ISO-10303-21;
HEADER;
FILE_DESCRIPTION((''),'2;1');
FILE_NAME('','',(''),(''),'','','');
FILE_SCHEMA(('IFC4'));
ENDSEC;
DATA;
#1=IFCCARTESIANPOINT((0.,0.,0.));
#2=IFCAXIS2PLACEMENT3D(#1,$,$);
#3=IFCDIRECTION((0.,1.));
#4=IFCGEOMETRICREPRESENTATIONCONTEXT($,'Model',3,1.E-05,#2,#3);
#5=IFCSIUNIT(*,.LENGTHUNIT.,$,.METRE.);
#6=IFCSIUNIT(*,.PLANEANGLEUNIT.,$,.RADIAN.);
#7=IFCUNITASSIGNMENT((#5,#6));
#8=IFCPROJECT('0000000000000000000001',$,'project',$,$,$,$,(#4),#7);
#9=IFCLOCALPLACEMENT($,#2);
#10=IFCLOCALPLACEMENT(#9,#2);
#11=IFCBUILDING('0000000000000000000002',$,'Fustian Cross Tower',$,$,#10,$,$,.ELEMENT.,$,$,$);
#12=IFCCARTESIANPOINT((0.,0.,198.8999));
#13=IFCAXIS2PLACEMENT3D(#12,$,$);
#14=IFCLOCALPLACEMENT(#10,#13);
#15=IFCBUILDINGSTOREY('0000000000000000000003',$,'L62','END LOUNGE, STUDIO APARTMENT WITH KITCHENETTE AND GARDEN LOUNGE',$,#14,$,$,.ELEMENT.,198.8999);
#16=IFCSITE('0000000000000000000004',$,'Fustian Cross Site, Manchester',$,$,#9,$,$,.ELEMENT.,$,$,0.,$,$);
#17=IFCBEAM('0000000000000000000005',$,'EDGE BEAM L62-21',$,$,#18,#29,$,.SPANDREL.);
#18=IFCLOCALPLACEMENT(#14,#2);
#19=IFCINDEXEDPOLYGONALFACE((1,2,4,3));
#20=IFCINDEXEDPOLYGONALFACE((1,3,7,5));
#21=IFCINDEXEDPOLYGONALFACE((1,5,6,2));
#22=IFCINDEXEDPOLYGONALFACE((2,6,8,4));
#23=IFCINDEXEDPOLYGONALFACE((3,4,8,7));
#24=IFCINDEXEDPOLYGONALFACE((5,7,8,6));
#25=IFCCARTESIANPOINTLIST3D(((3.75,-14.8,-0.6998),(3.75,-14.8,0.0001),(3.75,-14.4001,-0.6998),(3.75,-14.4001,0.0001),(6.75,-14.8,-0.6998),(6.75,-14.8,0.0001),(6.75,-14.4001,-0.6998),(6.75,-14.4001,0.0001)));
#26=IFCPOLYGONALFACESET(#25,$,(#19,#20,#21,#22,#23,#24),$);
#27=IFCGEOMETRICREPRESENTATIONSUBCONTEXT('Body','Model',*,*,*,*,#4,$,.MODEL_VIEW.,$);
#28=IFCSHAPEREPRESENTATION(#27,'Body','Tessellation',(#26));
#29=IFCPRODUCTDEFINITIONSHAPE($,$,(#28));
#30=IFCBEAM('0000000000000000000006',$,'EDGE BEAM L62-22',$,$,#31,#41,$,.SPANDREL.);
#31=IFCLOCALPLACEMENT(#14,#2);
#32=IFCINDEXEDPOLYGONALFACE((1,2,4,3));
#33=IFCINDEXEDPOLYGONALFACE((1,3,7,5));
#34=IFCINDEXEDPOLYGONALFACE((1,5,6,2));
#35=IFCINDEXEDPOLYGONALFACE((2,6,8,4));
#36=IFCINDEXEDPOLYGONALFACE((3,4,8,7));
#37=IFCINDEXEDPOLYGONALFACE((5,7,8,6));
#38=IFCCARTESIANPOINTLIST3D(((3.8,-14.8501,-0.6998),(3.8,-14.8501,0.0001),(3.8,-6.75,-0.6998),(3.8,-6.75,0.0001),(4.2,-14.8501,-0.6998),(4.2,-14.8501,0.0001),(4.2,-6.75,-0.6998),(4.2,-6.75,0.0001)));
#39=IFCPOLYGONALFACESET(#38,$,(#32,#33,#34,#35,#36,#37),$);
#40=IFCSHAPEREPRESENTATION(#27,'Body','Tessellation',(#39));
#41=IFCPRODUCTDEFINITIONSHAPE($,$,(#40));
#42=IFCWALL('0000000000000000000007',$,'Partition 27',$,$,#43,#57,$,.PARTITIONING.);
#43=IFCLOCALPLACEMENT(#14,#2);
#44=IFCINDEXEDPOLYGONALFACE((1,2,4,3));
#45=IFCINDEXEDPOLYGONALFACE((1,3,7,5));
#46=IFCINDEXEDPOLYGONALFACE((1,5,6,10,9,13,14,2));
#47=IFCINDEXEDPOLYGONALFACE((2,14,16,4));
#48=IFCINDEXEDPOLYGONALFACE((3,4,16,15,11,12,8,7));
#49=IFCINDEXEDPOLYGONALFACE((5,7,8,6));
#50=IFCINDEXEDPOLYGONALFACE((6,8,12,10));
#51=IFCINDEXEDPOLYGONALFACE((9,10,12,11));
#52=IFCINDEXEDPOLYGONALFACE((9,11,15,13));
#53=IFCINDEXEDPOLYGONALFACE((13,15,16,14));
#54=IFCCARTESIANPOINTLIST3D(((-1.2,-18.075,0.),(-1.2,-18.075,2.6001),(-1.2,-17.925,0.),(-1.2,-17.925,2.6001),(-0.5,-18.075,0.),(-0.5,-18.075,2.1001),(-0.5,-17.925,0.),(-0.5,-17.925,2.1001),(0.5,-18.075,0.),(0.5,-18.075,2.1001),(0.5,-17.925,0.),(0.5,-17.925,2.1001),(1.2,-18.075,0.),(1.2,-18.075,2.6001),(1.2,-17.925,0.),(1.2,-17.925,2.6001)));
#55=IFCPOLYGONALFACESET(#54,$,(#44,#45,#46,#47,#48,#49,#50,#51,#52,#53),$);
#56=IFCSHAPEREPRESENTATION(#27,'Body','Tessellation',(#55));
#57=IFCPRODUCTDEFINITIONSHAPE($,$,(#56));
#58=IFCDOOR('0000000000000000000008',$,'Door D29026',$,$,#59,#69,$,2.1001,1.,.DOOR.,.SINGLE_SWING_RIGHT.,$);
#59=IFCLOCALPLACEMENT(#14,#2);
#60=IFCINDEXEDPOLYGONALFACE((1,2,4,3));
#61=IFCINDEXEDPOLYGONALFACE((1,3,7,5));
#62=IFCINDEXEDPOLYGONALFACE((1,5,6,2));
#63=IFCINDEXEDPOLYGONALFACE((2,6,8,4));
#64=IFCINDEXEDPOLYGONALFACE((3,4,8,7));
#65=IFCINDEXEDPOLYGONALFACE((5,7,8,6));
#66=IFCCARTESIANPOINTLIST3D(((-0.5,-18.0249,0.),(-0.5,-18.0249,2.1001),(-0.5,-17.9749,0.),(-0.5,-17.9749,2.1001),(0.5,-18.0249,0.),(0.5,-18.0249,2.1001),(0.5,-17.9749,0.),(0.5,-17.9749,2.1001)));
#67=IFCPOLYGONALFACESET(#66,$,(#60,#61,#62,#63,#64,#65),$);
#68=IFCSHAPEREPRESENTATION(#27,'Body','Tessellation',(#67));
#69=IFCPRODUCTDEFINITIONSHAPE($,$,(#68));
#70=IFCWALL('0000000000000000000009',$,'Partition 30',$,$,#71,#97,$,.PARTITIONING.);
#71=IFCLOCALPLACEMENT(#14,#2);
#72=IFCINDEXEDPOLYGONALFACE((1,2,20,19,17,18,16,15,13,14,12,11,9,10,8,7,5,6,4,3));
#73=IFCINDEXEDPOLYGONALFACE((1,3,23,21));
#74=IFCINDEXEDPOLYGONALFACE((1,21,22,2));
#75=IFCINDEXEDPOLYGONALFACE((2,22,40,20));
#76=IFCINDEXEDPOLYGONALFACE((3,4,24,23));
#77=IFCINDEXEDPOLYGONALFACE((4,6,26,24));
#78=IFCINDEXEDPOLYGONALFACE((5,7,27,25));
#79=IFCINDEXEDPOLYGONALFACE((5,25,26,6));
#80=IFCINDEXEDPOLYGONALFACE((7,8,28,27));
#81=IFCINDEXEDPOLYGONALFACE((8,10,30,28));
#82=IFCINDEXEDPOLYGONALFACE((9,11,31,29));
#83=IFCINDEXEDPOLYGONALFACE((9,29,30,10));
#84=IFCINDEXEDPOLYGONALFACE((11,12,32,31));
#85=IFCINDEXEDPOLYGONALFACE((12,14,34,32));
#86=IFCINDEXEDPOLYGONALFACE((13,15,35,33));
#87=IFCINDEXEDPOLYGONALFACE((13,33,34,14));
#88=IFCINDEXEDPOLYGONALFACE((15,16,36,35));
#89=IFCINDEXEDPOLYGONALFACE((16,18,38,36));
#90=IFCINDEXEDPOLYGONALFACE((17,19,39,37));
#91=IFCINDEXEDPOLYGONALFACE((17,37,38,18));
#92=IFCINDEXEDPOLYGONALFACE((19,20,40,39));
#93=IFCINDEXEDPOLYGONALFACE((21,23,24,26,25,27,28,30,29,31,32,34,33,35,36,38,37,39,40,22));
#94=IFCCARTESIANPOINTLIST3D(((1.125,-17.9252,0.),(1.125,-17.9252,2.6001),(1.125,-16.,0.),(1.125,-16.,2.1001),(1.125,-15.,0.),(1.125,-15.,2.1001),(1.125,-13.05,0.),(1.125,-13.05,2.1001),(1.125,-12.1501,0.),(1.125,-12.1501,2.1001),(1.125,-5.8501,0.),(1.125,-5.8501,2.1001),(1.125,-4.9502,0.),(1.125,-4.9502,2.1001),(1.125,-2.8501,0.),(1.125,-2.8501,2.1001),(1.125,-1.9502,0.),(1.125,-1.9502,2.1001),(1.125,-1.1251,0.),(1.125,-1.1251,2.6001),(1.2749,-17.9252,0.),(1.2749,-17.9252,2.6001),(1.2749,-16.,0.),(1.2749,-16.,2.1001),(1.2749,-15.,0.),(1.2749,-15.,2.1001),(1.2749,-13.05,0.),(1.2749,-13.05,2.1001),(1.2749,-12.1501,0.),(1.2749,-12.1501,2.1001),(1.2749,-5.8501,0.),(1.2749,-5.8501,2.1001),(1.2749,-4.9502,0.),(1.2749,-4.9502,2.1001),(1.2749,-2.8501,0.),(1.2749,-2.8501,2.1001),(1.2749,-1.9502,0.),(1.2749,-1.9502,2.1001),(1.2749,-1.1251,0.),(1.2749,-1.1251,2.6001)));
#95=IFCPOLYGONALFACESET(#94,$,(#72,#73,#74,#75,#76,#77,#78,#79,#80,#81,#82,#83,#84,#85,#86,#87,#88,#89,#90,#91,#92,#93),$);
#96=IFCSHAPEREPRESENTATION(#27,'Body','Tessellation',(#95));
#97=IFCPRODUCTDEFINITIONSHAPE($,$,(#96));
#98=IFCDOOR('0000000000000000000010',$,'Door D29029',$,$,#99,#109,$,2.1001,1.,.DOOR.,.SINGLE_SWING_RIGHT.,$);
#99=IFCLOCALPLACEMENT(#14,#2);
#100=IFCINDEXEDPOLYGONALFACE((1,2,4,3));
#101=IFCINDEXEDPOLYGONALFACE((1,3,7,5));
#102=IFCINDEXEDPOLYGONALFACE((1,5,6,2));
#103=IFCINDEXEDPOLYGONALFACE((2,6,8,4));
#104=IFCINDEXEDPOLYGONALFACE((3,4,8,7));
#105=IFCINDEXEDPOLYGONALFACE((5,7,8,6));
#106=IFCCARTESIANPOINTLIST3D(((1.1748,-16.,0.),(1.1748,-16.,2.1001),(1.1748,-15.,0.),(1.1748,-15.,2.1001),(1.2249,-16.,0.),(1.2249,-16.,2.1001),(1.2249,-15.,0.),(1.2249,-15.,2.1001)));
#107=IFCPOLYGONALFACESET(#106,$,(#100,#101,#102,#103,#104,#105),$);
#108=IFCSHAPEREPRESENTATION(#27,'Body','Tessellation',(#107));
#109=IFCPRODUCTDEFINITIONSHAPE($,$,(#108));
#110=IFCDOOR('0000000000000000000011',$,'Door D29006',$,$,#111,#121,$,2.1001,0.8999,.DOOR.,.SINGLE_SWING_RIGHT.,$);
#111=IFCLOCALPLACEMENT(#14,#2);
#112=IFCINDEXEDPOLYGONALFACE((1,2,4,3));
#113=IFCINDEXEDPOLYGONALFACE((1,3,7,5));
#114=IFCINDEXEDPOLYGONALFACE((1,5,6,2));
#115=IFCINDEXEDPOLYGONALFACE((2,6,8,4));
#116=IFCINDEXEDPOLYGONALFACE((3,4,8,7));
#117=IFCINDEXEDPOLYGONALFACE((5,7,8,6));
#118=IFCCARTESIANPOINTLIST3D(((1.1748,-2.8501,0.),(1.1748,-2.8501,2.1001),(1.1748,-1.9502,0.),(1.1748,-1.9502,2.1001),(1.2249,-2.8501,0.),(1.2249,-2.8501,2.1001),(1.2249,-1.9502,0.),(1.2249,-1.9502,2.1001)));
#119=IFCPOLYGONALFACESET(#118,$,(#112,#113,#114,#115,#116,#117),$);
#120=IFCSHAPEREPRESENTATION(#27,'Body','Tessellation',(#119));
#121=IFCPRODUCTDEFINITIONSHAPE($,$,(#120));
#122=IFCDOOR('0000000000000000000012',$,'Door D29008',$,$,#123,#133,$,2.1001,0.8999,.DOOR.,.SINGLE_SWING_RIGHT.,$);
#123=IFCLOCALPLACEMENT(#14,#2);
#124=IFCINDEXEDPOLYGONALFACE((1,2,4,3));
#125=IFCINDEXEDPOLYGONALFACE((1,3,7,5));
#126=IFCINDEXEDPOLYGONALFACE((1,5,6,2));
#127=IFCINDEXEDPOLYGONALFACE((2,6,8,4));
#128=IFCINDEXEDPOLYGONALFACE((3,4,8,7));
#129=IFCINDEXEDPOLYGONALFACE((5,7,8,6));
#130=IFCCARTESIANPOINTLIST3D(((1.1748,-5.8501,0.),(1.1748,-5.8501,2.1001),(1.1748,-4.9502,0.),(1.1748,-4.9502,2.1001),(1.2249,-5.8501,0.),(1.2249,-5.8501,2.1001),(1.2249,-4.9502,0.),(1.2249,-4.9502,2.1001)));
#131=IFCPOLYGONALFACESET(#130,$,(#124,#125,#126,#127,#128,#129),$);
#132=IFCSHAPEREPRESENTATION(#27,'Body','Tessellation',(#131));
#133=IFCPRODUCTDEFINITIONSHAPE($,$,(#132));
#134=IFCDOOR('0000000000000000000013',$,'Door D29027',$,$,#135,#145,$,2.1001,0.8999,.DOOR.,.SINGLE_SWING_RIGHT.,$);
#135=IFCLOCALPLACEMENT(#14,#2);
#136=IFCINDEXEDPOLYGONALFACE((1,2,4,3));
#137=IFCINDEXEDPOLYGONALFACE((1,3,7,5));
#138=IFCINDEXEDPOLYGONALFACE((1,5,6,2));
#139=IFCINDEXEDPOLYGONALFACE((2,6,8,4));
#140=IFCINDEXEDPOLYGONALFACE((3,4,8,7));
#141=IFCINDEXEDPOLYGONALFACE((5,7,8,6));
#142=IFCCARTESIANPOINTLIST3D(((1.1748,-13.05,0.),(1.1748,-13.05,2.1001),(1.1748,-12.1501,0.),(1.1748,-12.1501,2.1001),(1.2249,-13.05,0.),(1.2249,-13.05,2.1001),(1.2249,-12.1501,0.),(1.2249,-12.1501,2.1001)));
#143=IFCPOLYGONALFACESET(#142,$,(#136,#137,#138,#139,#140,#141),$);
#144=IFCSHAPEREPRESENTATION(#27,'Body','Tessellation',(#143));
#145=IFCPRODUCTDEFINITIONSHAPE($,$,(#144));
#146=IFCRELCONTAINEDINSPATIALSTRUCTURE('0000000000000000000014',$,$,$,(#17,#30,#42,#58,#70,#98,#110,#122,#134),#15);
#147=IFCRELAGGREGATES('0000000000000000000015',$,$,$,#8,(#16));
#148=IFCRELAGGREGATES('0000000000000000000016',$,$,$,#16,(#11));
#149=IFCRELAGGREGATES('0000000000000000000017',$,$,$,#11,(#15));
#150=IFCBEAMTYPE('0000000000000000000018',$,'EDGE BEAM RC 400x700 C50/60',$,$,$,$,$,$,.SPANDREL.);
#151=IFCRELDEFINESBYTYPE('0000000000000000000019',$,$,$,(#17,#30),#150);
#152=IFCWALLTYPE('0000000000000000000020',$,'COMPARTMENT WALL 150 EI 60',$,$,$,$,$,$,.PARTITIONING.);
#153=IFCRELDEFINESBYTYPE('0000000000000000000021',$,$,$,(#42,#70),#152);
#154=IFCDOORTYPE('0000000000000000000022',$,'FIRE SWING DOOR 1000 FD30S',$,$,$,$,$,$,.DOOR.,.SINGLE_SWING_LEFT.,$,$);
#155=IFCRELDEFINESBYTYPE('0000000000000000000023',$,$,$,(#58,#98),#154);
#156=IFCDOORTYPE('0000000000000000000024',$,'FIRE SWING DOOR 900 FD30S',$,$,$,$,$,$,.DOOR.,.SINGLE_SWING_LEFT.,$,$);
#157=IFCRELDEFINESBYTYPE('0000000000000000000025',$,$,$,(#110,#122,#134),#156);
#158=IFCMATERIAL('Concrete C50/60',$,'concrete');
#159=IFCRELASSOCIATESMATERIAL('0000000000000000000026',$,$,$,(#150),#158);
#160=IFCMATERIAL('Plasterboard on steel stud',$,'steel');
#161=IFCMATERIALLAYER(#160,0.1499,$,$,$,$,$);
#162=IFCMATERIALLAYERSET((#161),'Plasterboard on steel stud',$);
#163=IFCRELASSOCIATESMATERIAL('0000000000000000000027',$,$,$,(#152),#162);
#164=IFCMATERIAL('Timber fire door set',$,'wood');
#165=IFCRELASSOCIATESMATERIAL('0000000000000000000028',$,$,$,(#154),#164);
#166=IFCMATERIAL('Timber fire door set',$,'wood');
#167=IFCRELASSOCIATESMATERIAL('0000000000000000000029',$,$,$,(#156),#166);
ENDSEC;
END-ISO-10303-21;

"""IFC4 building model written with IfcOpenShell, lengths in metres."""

from ifc_helpers import new_model, si_unit, direction, frame, frame_2d, origin, origin_2d, place, context, subcontext, project, spatial, rectangle, extrude, material, layer, layer_set, material_profile, profile_set, type_object, element, fill, save


model = new_model("IFC4")

# Units and contexts
model_context = context("Model", 3, precision=1e-05, world=origin(), true_north=direction((0.0, 1.0)))
body_context = subcontext(model_context, "Body", "Model", "MODEL_VIEW")
ifc_project = project(units=[si_unit("LENGTHUNIT", "METRE"), si_unit("PLANEANGLEUNIT", "RADIAN")], contexts=[model_context])

# Site, building, storey
site_placement = place(None, origin())
site = spatial("IfcSite", under=ifc_project, at=site_placement, Name="Fustian Cross Site, Manchester", CompositionType="ELEMENT", RefElevation=0.0)
building_placement = place(site_placement, origin())
building = spatial("IfcBuilding", under=site, at=building_placement, Name="Fustian Cross Tower", CompositionType="ELEMENT")
storey_placement = place(building_placement, frame((0.0, 0.0, 198.8999)))
storey = spatial("IfcBuildingStorey", under=building, at=storey_placement, Name="L62", Description="END LOUNGE, STUDIO APARTMENT WITH KITCHENETTE AND GARDEN LOUNGE", CompositionType="ELEMENT", Elevation=198.8999)

# Beams
ifc_material_1 = material(Name="Concrete C50/60", Category="concrete")
ifc_material_profile_1 = material_profile(ifc_material_1, rectangle(XDim=0.3999, YDim=0.7, at=origin_2d()), Name="RC 400x700")
ifc_profile_set_1 = profile_set([ifc_material_profile_1], Name="Concrete C50/60")
beam_type = type_object("IfcBeamType", Name="EDGE BEAM RC 400x700 C50/60", PredefinedType="SPANDREL", material=ifc_profile_set_1)
beam_1_placement = place(storey_placement, frame((6.75, -14.6001, -0.3499), z_axis=(-1.0, 0.0, 0.0), x_axis=(0.0, -1.0, 0.0)))
element("IfcBeam", 1, at=beam_1_placement, inside=storey, type_object=beam_type, Name="EDGE BEAM L62-21", PredefinedType="SPANDREL", context=body_context, shape_type="SweptSolid", body=[
    extrude(rectangle(XDim=0.3999, YDim=0.7, at=origin_2d()), origin(), (0.0, 0.0, 1.0), 3.0),
])
beam_2_placement = place(storey_placement, frame((4.0, -14.8501, -0.3499), z_axis=(0.0, 1.0, 0.0), x_axis=(-1.0, 0.0, 0.0)))
element("IfcBeam", 2, at=beam_2_placement, inside=storey, type_object=beam_type, Name="EDGE BEAM L62-22", PredefinedType="SPANDREL", context=body_context, shape_type="SweptSolid", body=[
    extrude(rectangle(XDim=0.3999, YDim=0.7, at=origin_2d()), origin(), (0.0, 0.0, 1.0), 8.1001),
])

# Wall, opening, door
ifc_material_2 = material(Name="Plasterboard on steel stud", Category="steel")
ifc_layer_1 = layer(ifc_material_2, 0.1499)
ifc_layer_set_1 = layer_set([ifc_layer_1], Name="Plasterboard on steel stud")
wall_type_1 = type_object("IfcWallType", Name="COMPARTMENT WALL 150 EI 60", PredefinedType="PARTITIONING", material=ifc_layer_set_1)
wall_1_placement = place(storey_placement, frame((-1.2, -18.0, 0.0), z_axis=(0.0, 0.0, 1.0), x_axis=(1.0, 0.0, 0.0)))
wall_1 = element("IfcWall", 3, at=wall_1_placement, inside=storey, type_object=wall_type_1, Name="Partition 27", PredefinedType="PARTITIONING", context=body_context, shape_type="SweptSolid", body=[
    extrude(rectangle(XDim=2.3999, YDim=0.1499, at=frame_2d((1.2, 0.0))), origin(), (0.0, 0.0, 1.0), 2.6001),
])
opening_1_placement = place(wall_1_placement, frame((0.7, 0.0, 0.0)))
opening_1 = element("IfcOpeningElement", 4, at=opening_1_placement, cuts=wall_1, PredefinedType="OPENING", context=body_context, shape_type="SweptSolid", body=[
    extrude(rectangle(XDim=1.0, YDim=2.1001, at=frame_2d((0.5, 1.05))), frame((0.0, 0.085, 0.0), z_axis=(0.0, -1.0, 0.0), x_axis=(1.0, 0.0, 0.0)), (0.0, 0.0, 1.0), 0.1699),
])
ifc_material_3 = material(Name="Timber fire door set", Category="wood")
door_type_1 = type_object("IfcDoorType", Name="FIRE SWING DOOR 1000 FD30S", OperationType="SINGLE_SWING_LEFT", PredefinedType="DOOR", material=ifc_material_3)
door_1_placement = place(opening_1_placement, frame((1.0, 0.0, 0.0), z_axis=(0.0, 0.0, 1.0), x_axis=(-1.0, 0.0, 0.0)))
door_1 = element("IfcDoor", 5, at=door_1_placement, inside=storey, type_object=door_type_1, Name="Door D29026", OperationType="SINGLE_SWING_RIGHT", OverallHeight=2.1001, OverallWidth=1.0, PredefinedType="DOOR", context=body_context, shape_type="SweptSolid", body=[
    extrude(rectangle(XDim=1.0, YDim=2.1001, at=frame_2d((0.5, 1.05))), frame((0.0, 0.0249, 0.0), z_axis=(0.0, -1.0, 0.0), x_axis=(1.0, 0.0, 0.0)), (0.0, 0.0, 1.0), 0.05),
])
fill(opening_1, door_1)

# Wall, openings, doors
wall_2_placement = place(storey_placement, frame((1.2, -17.925, 0.0), z_axis=(0.0, 0.0, 1.0), x_axis=(0.0, 1.0, 0.0)))
wall_2 = element("IfcWall", 6, at=wall_2_placement, inside=storey, type_object=wall_type_1, Name="Partition 30", PredefinedType="PARTITIONING", context=body_context, shape_type="SweptSolid", body=[
    extrude(rectangle(XDim=16.8, YDim=0.1499, at=frame_2d((8.3999, 0.0))), origin(), (0.0, 0.0, 1.0), 2.6001),
])
opening_2_placement = place(wall_2_placement, frame((15.075, 0.0, 0.0)))
opening_2 = element("IfcOpeningElement", 7, at=opening_2_placement, cuts=wall_2, PredefinedType="OPENING", context=body_context, shape_type="SweptSolid", body=[
    extrude(rectangle(XDim=0.8999, YDim=2.1001, at=frame_2d((0.45, 1.05))), frame((0.0, 0.085, 0.0), z_axis=(0.0, -1.0, 0.0), x_axis=(1.0, 0.0, 0.0)), (0.0, 0.0, 1.0), 0.1699),
])
opening_3_placement = place(wall_2_placement, frame((12.075, 0.0, 0.0)))
opening_3 = element("IfcOpeningElement", 8, at=opening_3_placement, cuts=wall_2, PredefinedType="OPENING", context=body_context, shape_type="SweptSolid", body=[
    extrude(rectangle(XDim=0.8999, YDim=2.1001, at=frame_2d((0.45, 1.05))), frame((0.0, 0.085, 0.0), z_axis=(0.0, -1.0, 0.0), x_axis=(1.0, 0.0, 0.0)), (0.0, 0.0, 1.0), 0.1699),
])
opening_4_placement = place(wall_2_placement, frame((4.875, 0.0, 0.0)))
opening_4 = element("IfcOpeningElement", 9, at=opening_4_placement, cuts=wall_2, PredefinedType="OPENING", context=body_context, shape_type="SweptSolid", body=[
    extrude(rectangle(XDim=0.8999, YDim=2.1001, at=frame_2d((0.45, 1.05))), frame((0.0, 0.085, 0.0), z_axis=(0.0, -1.0, 0.0), x_axis=(1.0, 0.0, 0.0)), (0.0, 0.0, 1.0), 0.1699),
])
opening_5_placement = place(wall_2_placement, frame((1.925, 0.0, 0.0)))
opening_5 = element("IfcOpeningElement", 10, at=opening_5_placement, cuts=wall_2, PredefinedType="OPENING", context=body_context, shape_type="SweptSolid", body=[
    extrude(rectangle(XDim=1.0, YDim=2.1001, at=frame_2d((0.5, 1.05))), frame((0.0, 0.085, 0.0), z_axis=(0.0, -1.0, 0.0), x_axis=(1.0, 0.0, 0.0)), (0.0, 0.0, 1.0), 0.1699),
])
door_2_placement = place(opening_5_placement, frame((1.0, 0.0, 0.0), z_axis=(0.0, 0.0, 1.0), x_axis=(-1.0, 0.0, 0.0)))
door_2 = element("IfcDoor", 11, at=door_2_placement, inside=storey, type_object=door_type_1, Name="Door D29029", OperationType="SINGLE_SWING_RIGHT", OverallHeight=2.1001, OverallWidth=1.0, PredefinedType="DOOR", context=body_context, shape_type="SweptSolid", body=[
    extrude(rectangle(XDim=1.0, YDim=2.1001, at=frame_2d((0.5, 1.05))), frame((0.0, 0.0249, 0.0), z_axis=(0.0, -1.0, 0.0), x_axis=(1.0, 0.0, 0.0)), (0.0, 0.0, 1.0), 0.05),
])
fill(opening_5, door_2)
ifc_material_4 = material(Name="Timber fire door set", Category="wood")
door_type_2 = type_object("IfcDoorType", Name="FIRE SWING DOOR 900 FD30S", OperationType="SINGLE_SWING_LEFT", PredefinedType="DOOR", material=ifc_material_4)
door_3_placement = place(opening_2_placement, frame((0.8999, 0.0, 0.0), z_axis=(0.0, 0.0, 1.0), x_axis=(-1.0, 0.0, 0.0)))
door_3 = element("IfcDoor", 12, at=door_3_placement, inside=storey, type_object=door_type_2, Name="Door D29006", OperationType="SINGLE_SWING_RIGHT", OverallHeight=2.1001, OverallWidth=0.8999, PredefinedType="DOOR", context=body_context, shape_type="SweptSolid", body=[
    extrude(rectangle(XDim=0.8999, YDim=2.1001, at=frame_2d((0.45, 1.05))), frame((0.0, 0.0249, 0.0), z_axis=(0.0, -1.0, 0.0), x_axis=(1.0, 0.0, 0.0)), (0.0, 0.0, 1.0), 0.05),
])
fill(opening_2, door_3)
door_4_placement = place(opening_3_placement, frame((0.8999, 0.0, 0.0), z_axis=(0.0, 0.0, 1.0), x_axis=(-1.0, 0.0, 0.0)))
door_4 = element("IfcDoor", 13, at=door_4_placement, inside=storey, type_object=door_type_2, Name="Door D29008", OperationType="SINGLE_SWING_RIGHT", OverallHeight=2.1001, OverallWidth=0.8999, PredefinedType="DOOR", context=body_context, shape_type="SweptSolid", body=[
    extrude(rectangle(XDim=0.8999, YDim=2.1001, at=frame_2d((0.45, 1.05))), frame((0.0, 0.0249, 0.0), z_axis=(0.0, -1.0, 0.0), x_axis=(1.0, 0.0, 0.0)), (0.0, 0.0, 1.0), 0.05),
])
fill(opening_3, door_4)
door_5_placement = place(opening_4_placement, frame((0.8999, 0.0, 0.0), z_axis=(0.0, 0.0, 1.0), x_axis=(-1.0, 0.0, 0.0)))
door_5 = element("IfcDoor", 14, at=door_5_placement, inside=storey, type_object=door_type_2, Name="Door D29027", OperationType="SINGLE_SWING_RIGHT", OverallHeight=2.1001, OverallWidth=0.8999, PredefinedType="DOOR", context=body_context, shape_type="SweptSolid", body=[
    extrude(rectangle(XDim=0.8999, YDim=2.1001, at=frame_2d((0.45, 1.05))), frame((0.0, 0.0249, 0.0), z_axis=(0.0, -1.0, 0.0), x_axis=(1.0, 0.0, 0.0)), (0.0, 0.0, 1.0), 0.05),
])
fill(opening_4, door_5)

save(model, "model.ifc")
